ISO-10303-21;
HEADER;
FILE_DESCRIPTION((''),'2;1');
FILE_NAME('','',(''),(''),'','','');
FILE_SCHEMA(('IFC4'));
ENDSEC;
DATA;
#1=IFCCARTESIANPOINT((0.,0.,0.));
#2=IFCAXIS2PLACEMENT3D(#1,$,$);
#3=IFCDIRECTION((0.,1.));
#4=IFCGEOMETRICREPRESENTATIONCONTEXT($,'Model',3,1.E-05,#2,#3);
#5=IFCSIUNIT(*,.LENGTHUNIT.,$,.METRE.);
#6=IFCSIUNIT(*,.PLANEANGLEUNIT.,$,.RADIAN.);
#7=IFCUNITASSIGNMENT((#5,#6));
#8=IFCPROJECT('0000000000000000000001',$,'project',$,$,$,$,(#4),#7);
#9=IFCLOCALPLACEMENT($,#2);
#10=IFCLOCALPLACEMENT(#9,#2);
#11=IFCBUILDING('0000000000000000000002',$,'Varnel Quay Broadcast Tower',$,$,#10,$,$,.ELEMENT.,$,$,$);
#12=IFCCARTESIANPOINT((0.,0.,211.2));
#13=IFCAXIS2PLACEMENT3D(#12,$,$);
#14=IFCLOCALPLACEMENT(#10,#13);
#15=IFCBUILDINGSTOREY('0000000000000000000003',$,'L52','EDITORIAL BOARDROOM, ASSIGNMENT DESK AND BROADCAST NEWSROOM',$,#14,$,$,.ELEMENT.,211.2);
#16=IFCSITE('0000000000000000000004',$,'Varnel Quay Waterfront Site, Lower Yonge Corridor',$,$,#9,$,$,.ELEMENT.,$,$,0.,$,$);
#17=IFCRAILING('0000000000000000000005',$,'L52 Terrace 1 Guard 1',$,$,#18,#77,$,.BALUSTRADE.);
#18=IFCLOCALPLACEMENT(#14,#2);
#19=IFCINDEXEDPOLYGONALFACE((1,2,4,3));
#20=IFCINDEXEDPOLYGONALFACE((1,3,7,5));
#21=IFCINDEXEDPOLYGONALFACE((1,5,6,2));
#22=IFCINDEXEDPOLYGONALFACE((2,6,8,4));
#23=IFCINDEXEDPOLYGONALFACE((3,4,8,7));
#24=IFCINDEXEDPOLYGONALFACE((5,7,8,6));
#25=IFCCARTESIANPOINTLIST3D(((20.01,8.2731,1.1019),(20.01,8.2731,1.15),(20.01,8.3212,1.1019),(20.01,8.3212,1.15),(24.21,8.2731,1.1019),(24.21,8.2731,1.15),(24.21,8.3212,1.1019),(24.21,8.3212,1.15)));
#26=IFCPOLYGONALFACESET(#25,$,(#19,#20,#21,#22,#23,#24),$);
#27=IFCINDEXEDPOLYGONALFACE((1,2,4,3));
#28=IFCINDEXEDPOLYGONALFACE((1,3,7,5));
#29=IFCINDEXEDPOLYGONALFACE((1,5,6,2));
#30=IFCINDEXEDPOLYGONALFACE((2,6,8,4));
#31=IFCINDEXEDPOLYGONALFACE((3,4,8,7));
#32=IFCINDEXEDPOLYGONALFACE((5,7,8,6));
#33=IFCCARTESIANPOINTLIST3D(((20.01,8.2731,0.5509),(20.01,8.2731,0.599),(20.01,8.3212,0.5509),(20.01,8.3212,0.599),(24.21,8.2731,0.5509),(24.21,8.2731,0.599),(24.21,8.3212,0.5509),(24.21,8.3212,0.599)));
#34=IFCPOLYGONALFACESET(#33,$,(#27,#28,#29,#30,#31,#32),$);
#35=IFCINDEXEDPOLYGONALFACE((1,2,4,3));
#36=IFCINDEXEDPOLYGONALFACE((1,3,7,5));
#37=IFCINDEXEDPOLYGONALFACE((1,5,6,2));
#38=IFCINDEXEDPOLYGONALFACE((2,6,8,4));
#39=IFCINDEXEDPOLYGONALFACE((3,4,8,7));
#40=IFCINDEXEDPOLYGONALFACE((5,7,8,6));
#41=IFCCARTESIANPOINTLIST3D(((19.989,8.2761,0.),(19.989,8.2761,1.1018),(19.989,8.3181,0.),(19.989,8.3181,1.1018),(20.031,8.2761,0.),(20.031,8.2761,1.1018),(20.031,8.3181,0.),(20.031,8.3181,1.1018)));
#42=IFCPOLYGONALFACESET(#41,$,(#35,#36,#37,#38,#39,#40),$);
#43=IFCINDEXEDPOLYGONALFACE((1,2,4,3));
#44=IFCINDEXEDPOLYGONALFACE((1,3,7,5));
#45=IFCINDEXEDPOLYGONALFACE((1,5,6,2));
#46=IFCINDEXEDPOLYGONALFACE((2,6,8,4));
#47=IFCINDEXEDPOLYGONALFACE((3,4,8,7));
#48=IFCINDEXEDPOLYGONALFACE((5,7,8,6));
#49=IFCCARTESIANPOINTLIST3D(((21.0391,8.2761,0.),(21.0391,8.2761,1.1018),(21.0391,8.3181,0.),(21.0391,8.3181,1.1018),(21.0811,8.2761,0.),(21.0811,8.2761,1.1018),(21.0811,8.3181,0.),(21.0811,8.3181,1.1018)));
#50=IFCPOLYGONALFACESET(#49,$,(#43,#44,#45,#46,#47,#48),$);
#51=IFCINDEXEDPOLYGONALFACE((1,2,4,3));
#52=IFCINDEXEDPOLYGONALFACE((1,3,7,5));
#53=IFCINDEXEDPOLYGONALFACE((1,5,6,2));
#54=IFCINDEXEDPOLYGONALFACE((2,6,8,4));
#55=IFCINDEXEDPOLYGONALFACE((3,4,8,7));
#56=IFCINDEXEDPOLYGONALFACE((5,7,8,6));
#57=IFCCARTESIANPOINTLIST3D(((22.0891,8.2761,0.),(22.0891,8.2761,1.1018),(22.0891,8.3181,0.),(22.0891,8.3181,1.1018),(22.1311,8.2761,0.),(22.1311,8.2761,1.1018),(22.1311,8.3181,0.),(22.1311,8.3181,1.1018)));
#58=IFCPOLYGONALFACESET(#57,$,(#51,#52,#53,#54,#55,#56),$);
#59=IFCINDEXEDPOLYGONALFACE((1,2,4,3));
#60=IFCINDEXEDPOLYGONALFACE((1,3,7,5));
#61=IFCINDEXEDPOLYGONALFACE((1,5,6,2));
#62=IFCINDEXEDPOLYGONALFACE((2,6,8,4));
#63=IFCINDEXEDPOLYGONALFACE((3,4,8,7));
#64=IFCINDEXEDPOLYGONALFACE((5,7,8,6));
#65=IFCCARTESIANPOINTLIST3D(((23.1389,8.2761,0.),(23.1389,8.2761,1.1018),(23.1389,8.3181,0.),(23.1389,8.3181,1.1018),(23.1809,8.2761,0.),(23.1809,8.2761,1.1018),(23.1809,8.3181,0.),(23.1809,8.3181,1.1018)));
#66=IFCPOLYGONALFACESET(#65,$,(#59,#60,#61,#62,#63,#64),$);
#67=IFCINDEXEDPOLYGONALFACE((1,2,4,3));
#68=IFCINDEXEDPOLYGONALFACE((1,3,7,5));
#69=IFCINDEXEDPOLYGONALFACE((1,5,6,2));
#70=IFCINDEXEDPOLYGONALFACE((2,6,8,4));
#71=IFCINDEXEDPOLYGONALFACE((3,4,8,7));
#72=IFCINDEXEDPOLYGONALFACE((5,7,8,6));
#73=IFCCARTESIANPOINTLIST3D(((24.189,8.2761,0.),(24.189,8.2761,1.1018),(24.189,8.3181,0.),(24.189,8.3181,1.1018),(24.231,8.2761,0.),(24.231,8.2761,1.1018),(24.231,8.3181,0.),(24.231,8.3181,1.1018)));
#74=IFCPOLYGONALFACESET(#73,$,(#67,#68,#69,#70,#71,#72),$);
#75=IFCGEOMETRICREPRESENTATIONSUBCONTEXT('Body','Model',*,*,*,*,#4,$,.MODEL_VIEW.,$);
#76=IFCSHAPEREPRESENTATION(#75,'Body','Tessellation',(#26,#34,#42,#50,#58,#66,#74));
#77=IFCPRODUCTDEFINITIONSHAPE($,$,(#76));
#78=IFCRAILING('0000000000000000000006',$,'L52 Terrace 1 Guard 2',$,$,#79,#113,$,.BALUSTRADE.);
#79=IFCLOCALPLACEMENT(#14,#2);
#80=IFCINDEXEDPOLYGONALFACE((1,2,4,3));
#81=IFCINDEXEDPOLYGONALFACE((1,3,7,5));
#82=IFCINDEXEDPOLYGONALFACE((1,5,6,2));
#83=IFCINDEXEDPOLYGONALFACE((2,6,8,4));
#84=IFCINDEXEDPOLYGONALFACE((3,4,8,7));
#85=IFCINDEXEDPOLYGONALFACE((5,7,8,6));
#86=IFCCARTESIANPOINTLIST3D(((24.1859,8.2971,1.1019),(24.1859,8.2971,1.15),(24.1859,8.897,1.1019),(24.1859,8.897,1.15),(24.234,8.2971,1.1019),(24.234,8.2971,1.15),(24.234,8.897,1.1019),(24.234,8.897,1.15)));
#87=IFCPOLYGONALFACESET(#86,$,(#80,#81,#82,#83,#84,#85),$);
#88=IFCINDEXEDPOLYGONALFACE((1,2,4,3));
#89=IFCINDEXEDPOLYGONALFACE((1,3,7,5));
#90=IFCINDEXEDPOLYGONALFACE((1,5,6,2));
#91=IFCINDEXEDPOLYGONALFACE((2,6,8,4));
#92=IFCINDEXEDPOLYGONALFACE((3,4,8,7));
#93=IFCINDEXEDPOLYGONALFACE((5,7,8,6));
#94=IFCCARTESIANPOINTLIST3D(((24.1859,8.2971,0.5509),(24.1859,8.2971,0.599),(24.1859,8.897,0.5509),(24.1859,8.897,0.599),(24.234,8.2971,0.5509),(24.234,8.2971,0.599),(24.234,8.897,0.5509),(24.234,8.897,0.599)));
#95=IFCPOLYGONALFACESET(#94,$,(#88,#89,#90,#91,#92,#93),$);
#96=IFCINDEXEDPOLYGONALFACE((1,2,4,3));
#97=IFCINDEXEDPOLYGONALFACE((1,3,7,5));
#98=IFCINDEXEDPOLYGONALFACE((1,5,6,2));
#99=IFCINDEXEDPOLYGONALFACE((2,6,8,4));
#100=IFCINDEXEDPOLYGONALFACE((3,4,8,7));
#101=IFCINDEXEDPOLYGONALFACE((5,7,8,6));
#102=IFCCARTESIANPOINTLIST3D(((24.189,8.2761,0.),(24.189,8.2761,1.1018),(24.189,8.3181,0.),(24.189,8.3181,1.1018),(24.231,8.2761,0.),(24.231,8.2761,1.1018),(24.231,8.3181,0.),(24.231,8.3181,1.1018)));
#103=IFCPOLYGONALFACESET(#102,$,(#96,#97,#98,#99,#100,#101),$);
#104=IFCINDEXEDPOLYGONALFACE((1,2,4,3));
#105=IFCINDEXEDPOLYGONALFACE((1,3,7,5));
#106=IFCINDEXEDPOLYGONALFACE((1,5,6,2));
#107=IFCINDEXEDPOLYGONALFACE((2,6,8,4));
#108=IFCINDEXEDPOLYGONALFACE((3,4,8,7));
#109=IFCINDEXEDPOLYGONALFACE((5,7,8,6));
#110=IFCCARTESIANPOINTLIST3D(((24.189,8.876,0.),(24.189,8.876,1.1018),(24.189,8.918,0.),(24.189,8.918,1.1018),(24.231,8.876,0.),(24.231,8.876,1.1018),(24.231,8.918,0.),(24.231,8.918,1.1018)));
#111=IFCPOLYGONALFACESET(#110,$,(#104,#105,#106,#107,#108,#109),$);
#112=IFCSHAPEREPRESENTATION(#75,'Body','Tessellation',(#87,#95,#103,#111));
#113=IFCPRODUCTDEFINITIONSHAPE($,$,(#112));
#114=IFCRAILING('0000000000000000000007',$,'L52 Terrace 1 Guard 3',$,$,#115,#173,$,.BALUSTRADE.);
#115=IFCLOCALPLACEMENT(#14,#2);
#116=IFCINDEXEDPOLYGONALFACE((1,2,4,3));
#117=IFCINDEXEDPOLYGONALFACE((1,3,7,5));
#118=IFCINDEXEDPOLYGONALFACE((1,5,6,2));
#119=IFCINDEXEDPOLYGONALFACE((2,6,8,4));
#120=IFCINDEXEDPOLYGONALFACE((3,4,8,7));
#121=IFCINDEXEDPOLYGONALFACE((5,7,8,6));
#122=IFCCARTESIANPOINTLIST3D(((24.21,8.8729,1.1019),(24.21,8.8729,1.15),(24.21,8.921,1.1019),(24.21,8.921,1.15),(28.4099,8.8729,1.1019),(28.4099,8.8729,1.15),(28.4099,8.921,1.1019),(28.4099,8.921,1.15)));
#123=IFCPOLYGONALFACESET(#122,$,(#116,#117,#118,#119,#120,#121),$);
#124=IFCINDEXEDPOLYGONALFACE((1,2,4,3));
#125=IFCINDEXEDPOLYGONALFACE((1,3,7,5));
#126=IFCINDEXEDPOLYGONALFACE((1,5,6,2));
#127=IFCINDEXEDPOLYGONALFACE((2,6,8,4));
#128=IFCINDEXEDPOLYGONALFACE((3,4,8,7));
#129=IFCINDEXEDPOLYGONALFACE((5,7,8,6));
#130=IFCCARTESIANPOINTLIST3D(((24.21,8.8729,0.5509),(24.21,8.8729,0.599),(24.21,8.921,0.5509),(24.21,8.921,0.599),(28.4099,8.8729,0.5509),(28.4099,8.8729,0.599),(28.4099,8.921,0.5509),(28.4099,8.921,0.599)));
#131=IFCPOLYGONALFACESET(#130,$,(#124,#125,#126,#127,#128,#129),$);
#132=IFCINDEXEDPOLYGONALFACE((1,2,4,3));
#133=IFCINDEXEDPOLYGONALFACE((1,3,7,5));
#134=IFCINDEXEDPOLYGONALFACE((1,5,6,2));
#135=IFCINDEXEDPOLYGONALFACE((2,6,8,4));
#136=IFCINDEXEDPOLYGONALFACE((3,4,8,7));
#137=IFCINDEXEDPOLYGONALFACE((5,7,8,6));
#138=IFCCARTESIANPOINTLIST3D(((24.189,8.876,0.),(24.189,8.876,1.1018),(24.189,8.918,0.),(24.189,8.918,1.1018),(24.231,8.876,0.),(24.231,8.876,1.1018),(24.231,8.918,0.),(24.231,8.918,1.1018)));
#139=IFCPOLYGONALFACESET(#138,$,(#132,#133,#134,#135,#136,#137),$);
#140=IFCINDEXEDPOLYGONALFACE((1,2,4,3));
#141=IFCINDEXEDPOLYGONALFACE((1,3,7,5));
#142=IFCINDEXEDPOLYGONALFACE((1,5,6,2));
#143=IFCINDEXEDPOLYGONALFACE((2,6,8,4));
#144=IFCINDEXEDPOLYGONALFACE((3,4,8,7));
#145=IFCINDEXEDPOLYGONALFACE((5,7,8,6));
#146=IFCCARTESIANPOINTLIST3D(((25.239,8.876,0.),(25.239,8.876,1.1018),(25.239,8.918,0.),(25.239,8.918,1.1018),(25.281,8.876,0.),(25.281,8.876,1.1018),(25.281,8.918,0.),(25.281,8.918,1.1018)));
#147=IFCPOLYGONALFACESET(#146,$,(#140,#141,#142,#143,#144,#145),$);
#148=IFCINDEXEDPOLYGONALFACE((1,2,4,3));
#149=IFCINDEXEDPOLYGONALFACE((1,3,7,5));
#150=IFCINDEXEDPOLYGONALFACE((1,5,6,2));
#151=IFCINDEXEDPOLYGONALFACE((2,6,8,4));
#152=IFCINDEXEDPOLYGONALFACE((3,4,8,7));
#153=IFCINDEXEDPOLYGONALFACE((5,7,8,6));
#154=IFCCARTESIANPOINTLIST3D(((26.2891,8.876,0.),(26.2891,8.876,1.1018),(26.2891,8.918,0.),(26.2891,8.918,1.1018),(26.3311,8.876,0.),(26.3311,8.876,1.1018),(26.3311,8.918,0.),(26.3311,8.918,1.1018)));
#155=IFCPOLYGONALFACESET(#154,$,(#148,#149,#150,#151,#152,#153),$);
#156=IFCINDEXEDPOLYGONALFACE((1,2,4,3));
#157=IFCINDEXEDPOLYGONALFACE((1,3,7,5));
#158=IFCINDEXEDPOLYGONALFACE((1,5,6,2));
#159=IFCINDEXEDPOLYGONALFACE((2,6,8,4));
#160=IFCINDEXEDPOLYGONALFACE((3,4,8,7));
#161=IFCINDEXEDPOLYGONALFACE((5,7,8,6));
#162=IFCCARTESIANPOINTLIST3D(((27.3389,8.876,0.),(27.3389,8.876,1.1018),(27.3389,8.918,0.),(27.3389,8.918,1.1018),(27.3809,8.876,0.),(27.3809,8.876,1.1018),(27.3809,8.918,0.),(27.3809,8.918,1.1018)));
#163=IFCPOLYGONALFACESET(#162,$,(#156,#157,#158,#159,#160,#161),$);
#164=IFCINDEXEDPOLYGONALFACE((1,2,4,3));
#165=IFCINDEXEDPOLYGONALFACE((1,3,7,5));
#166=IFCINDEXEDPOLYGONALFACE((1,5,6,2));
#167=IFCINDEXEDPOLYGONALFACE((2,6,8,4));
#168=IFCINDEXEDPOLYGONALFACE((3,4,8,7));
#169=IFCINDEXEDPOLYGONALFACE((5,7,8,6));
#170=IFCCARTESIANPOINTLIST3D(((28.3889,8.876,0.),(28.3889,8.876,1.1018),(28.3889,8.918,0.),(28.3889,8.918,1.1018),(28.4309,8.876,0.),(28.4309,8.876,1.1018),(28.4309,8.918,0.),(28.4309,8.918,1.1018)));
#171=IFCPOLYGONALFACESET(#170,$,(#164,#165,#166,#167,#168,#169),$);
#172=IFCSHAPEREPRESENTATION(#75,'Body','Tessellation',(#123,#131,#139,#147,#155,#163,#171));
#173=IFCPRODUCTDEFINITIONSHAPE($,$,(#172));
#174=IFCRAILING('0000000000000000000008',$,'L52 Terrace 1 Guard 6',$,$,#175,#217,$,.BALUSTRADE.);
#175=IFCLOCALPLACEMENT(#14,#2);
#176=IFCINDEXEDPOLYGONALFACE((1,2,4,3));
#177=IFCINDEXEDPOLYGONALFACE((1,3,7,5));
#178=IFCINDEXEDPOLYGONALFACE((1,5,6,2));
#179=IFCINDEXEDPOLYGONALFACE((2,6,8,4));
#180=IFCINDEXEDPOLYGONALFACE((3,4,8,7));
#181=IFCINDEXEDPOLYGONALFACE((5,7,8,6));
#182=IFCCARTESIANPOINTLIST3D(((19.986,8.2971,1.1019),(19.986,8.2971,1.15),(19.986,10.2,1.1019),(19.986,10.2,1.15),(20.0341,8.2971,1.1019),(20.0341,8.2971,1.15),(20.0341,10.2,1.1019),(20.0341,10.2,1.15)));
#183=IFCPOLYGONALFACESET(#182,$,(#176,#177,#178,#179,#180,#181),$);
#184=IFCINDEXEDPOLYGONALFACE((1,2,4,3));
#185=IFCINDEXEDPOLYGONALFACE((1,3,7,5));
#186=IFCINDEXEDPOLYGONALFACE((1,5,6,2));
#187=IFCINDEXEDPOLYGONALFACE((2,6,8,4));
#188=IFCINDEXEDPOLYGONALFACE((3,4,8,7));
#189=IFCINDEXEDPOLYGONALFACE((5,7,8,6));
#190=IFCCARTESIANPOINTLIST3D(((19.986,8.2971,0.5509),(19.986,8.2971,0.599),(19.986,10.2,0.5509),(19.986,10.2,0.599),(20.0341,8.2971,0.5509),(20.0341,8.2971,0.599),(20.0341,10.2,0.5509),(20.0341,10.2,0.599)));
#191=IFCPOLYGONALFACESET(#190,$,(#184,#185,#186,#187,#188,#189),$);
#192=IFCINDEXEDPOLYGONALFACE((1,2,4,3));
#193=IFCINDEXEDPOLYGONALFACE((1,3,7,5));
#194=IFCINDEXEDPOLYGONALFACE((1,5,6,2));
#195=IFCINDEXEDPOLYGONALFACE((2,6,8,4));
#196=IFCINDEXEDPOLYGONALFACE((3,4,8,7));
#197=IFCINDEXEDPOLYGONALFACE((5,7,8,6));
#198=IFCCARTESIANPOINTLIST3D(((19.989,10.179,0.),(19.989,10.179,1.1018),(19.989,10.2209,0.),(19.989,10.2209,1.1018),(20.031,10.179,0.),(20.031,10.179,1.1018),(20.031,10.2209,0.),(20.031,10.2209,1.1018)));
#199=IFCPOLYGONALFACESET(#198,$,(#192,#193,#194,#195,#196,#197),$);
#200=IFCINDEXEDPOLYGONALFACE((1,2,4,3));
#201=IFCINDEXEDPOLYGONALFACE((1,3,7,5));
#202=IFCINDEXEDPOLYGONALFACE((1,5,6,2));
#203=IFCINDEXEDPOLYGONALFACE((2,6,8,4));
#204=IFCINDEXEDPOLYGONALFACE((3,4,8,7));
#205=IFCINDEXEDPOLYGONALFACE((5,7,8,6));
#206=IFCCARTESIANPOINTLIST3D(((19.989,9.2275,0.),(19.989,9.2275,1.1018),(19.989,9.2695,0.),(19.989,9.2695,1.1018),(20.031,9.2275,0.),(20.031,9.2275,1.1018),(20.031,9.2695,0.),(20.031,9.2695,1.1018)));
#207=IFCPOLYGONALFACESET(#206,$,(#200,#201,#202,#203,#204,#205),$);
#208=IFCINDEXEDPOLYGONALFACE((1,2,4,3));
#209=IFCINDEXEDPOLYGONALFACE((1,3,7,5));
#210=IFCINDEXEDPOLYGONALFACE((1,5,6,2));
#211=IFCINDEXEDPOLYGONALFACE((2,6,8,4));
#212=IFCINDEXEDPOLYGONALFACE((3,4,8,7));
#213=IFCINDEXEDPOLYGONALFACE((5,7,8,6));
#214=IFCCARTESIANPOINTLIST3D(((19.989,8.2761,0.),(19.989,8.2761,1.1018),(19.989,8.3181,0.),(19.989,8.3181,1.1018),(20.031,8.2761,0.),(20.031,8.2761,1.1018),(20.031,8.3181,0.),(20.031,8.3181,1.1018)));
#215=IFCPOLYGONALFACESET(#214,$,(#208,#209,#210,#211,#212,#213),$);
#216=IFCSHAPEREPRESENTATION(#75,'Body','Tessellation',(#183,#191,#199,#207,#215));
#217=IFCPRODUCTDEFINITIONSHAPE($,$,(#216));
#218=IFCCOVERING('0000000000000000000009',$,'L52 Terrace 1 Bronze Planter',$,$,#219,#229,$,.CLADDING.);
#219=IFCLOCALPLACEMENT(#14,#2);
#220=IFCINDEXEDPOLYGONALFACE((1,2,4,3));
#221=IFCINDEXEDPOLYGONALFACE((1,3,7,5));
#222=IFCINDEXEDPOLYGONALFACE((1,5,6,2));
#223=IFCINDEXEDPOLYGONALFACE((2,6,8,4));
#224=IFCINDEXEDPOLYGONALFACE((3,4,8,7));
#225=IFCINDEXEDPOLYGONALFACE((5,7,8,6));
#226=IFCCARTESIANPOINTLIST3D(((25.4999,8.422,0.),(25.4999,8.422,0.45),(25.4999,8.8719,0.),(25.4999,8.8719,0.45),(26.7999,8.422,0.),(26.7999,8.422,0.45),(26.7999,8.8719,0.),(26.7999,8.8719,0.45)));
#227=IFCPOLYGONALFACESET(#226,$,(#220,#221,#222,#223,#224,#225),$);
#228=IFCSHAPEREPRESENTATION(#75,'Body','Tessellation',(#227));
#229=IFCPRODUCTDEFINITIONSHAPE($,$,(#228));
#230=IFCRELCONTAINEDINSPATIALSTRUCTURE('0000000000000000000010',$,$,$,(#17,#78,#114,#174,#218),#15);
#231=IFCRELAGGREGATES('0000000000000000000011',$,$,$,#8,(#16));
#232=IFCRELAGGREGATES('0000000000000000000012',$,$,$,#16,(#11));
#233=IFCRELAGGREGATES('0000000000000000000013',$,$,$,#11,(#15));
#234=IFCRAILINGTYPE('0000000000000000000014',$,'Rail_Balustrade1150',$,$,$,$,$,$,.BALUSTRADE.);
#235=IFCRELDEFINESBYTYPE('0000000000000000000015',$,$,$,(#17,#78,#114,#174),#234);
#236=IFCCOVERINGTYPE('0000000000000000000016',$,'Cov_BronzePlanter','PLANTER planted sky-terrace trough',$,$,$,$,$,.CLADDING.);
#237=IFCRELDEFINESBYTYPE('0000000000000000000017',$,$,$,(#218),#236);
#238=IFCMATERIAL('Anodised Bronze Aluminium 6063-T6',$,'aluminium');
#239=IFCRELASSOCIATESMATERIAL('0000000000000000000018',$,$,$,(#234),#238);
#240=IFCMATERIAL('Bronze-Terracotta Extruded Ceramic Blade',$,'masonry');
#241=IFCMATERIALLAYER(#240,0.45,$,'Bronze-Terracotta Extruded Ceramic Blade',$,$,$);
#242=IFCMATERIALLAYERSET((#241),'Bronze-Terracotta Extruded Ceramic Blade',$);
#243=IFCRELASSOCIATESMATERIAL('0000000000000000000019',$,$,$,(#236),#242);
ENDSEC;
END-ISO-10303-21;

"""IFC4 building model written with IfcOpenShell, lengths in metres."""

from ifc_helpers import new_model, si_unit, direction, frame, origin, origin_2d, place, context, subcontext, project, spatial, rectangle, extrude, source, transform, mapped, material, layer, layer_set, type_object, type_shapes, element, save


model = new_model("IFC4")

# Units and contexts
model_context = context("Model", 3, precision=1e-05, world=origin(), true_north=direction((0.0, 1.0)))
body_context = subcontext(model_context, "Body", "Model", "MODEL_VIEW")
ifc_project = project(units=[si_unit("LENGTHUNIT", "METRE"), si_unit("PLANEANGLEUNIT", "RADIAN")], contexts=[model_context])

# Site, building, storey
site_placement = place(None, origin())
site = spatial("IfcSite", under=ifc_project, at=site_placement, Name="Varnel Quay Waterfront Site, Lower Yonge Corridor", CompositionType="ELEMENT", RefElevation=0.0)
building_placement = place(site_placement, origin())
building = spatial("IfcBuilding", under=site, at=building_placement, Name="Varnel Quay Broadcast Tower", CompositionType="ELEMENT")
storey_placement = place(building_placement, frame((0.0, 0.0, 211.2)))
storey = spatial("IfcBuildingStorey", under=building, at=storey_placement, Name="L52", Description="EDITORIAL BOARDROOM, ASSIGNMENT DESK AND BROADCAST NEWSROOM", CompositionType="ELEMENT", Elevation=211.2)

# Shared definitions
ifc_material_1 = material(Name="Anodised Bronze Aluminium 6063-T6", Category="aluminium")

# Railings
railing_type = type_object("IfcRailingType", Name="Rail_Balustrade1150", PredefinedType="BALUSTRADE", material=ifc_material_1)
railing_1_placement = place(storey_placement, frame((20.01, 8.2971, 0.0)))
element("IfcRailing", 1, at=railing_1_placement, inside=storey, type_object=railing_type, Name="L52 Terrace 1 Guard 1", PredefinedType="BALUSTRADE", context=body_context, shape_type="SweptSolid", body=[
    extrude(rectangle(XDim=0.0481, YDim=0.0481, at=origin_2d()), frame((0.0, 0.0, 1.126), z_axis=(1.0, 0.0, 0.0), x_axis=(0.0, 1.0, 0.0)), (0.0, 0.0, 1.0), 4.2),
    extrude(rectangle(XDim=0.0481, YDim=0.0481, at=origin_2d()), frame((0.0, 0.0, 0.575), z_axis=(1.0, 0.0, 0.0), x_axis=(0.0, 1.0, 0.0)), (0.0, 0.0, 1.0), 4.2),
    extrude(rectangle(XDim=0.042, YDim=0.042, at=origin_2d()), origin(), (0.0, 0.0, 1.0), 1.1018),
    extrude(rectangle(XDim=0.042, YDim=0.042, at=origin_2d()), frame((1.05, 0.0, 0.0)), (0.0, 0.0, 1.0), 1.1018),
    extrude(rectangle(XDim=0.042, YDim=0.042, at=origin_2d()), frame((2.1001, 0.0, 0.0)), (0.0, 0.0, 1.0), 1.1018),
    extrude(rectangle(XDim=0.042, YDim=0.042, at=origin_2d()), frame((3.1499, 0.0, 0.0)), (0.0, 0.0, 1.0), 1.1018),
    extrude(rectangle(XDim=0.042, YDim=0.042, at=origin_2d()), frame((4.2, 0.0, 0.0)), (0.0, 0.0, 1.0), 1.1018),
])
railing_2_placement = place(storey_placement, frame((24.21, 8.2971, 0.0)))
element("IfcRailing", 2, at=railing_2_placement, inside=storey, type_object=railing_type, Name="L52 Terrace 1 Guard 2", PredefinedType="BALUSTRADE", context=body_context, shape_type="SweptSolid", body=[
    extrude(rectangle(XDim=0.0481, YDim=0.0481, at=origin_2d()), frame((0.0, 0.0, 1.126), z_axis=(0.0, 1.0, 0.0), x_axis=(-1.0, 0.0, 0.0)), (0.0, 0.0, 1.0), 0.5999),
    extrude(rectangle(XDim=0.0481, YDim=0.0481, at=origin_2d()), frame((0.0, 0.0, 0.575), z_axis=(0.0, 1.0, 0.0), x_axis=(-1.0, 0.0, 0.0)), (0.0, 0.0, 1.0), 0.5999),
    extrude(rectangle(XDim=0.042, YDim=0.042, at=origin_2d()), origin(), (0.0, 0.0, 1.0), 1.1018),
    extrude(rectangle(XDim=0.042, YDim=0.042, at=origin_2d()), frame((0.0, 0.5999, 0.0)), (0.0, 0.0, 1.0), 1.1018),
])
railing_3_placement = place(storey_placement, frame((24.21, 8.897, 0.0)))
element("IfcRailing", 3, at=railing_3_placement, inside=storey, type_object=railing_type, Name="L52 Terrace 1 Guard 3", PredefinedType="BALUSTRADE", context=body_context, shape_type="SweptSolid", body=[
    extrude(rectangle(XDim=0.0481, YDim=0.0481, at=origin_2d()), frame((0.0, 0.0, 1.126), z_axis=(1.0, 0.0, 0.0), x_axis=(0.0, 1.0, 0.0)), (0.0, 0.0, 1.0), 4.2),
    extrude(rectangle(XDim=0.0481, YDim=0.0481, at=origin_2d()), frame((0.0, 0.0, 0.575), z_axis=(1.0, 0.0, 0.0), x_axis=(0.0, 1.0, 0.0)), (0.0, 0.0, 1.0), 4.2),
    extrude(rectangle(XDim=0.042, YDim=0.042, at=origin_2d()), origin(), (0.0, 0.0, 1.0), 1.1018),
    extrude(rectangle(XDim=0.042, YDim=0.042, at=origin_2d()), frame((1.05, 0.0, 0.0)), (0.0, 0.0, 1.0), 1.1018),
    extrude(rectangle(XDim=0.042, YDim=0.042, at=origin_2d()), frame((2.1001, 0.0, 0.0)), (0.0, 0.0, 1.0), 1.1018),
    extrude(rectangle(XDim=0.042, YDim=0.042, at=origin_2d()), frame((3.1499, 0.0, 0.0)), (0.0, 0.0, 1.0), 1.1018),
    extrude(rectangle(XDim=0.042, YDim=0.042, at=origin_2d()), frame((4.2, 0.0, 0.0)), (0.0, 0.0, 1.0), 1.1018),
])
railing_4_placement = place(storey_placement, frame((20.01, 10.2, 0.0)))
element("IfcRailing", 4, at=railing_4_placement, inside=storey, type_object=railing_type, Name="L52 Terrace 1 Guard 6", PredefinedType="BALUSTRADE", context=body_context, shape_type="SweptSolid", body=[
    extrude(rectangle(XDim=0.0481, YDim=0.0481, at=origin_2d()), frame((0.0, 0.0, 1.126), z_axis=(0.0, -1.0, 0.0), x_axis=(1.0, 0.0, 0.0)), (0.0, 0.0, 1.0), 1.9028),
    extrude(rectangle(XDim=0.0481, YDim=0.0481, at=origin_2d()), frame((0.0, 0.0, 0.575), z_axis=(0.0, -1.0, 0.0), x_axis=(1.0, 0.0, 0.0)), (0.0, 0.0, 1.0), 1.9028),
    extrude(rectangle(XDim=0.042, YDim=0.042, at=origin_2d()), origin(), (0.0, 0.0, 1.0), 1.1018),
    extrude(rectangle(XDim=0.042, YDim=0.042, at=origin_2d()), frame((0.0, -0.9514, 0.0)), (0.0, 0.0, 1.0), 1.1018),
    extrude(rectangle(XDim=0.042, YDim=0.042, at=origin_2d()), frame((0.0, -1.9028, 0.0)), (0.0, 0.0, 1.0), 1.1018),
])

# Covering
ifc_material_2 = material(Name="Bronze-Terracotta Extruded Ceramic Blade", Category="masonry")
ifc_layer_1 = layer(ifc_material_2, 0.45, Name="Bronze-Terracotta Extruded Ceramic Blade")
ifc_layer_set_1 = layer_set([ifc_layer_1], Name="Bronze-Terracotta Extruded Ceramic Blade")
covering_type = type_object("IfcCoveringType", Name="Cov_BronzePlanter", Description="PLANTER planted sky-terrace trough", PredefinedType="CLADDING", material=ifc_layer_set_1)
shared_shape_1 = source(origin(), body_context, "Body", "SweptSolid", [
    extrude(rectangle(XDim=1.3, YDim=0.45, at=origin_2d()), origin(), (0.0, 0.0, 1.0), 0.45),
])
type_shapes(covering_type, [shared_shape_1])
covering_placement = place(storey_placement, frame((26.1499, 8.647, 0.0), z_axis=(0.0, 0.0, 1.0), x_axis=(1.0, 0.0, 0.0)))
element("IfcCovering", 5, at=covering_placement, inside=storey, type_object=covering_type, Name="L52 Terrace 1 Bronze Planter", PredefinedType="CLADDING", context=body_context, shape_type="MappedRepresentation", body=[
    mapped(shared_shape_1, transform((0.0, 0.0, 0.0), x_axis=(1.0, 0.0, 0.0), y_axis=(0.0, 1.0, 0.0), z_axis=(0.0, 0.0, 1.0), scale=1.0)),
])

save(model, "model.ifc")
